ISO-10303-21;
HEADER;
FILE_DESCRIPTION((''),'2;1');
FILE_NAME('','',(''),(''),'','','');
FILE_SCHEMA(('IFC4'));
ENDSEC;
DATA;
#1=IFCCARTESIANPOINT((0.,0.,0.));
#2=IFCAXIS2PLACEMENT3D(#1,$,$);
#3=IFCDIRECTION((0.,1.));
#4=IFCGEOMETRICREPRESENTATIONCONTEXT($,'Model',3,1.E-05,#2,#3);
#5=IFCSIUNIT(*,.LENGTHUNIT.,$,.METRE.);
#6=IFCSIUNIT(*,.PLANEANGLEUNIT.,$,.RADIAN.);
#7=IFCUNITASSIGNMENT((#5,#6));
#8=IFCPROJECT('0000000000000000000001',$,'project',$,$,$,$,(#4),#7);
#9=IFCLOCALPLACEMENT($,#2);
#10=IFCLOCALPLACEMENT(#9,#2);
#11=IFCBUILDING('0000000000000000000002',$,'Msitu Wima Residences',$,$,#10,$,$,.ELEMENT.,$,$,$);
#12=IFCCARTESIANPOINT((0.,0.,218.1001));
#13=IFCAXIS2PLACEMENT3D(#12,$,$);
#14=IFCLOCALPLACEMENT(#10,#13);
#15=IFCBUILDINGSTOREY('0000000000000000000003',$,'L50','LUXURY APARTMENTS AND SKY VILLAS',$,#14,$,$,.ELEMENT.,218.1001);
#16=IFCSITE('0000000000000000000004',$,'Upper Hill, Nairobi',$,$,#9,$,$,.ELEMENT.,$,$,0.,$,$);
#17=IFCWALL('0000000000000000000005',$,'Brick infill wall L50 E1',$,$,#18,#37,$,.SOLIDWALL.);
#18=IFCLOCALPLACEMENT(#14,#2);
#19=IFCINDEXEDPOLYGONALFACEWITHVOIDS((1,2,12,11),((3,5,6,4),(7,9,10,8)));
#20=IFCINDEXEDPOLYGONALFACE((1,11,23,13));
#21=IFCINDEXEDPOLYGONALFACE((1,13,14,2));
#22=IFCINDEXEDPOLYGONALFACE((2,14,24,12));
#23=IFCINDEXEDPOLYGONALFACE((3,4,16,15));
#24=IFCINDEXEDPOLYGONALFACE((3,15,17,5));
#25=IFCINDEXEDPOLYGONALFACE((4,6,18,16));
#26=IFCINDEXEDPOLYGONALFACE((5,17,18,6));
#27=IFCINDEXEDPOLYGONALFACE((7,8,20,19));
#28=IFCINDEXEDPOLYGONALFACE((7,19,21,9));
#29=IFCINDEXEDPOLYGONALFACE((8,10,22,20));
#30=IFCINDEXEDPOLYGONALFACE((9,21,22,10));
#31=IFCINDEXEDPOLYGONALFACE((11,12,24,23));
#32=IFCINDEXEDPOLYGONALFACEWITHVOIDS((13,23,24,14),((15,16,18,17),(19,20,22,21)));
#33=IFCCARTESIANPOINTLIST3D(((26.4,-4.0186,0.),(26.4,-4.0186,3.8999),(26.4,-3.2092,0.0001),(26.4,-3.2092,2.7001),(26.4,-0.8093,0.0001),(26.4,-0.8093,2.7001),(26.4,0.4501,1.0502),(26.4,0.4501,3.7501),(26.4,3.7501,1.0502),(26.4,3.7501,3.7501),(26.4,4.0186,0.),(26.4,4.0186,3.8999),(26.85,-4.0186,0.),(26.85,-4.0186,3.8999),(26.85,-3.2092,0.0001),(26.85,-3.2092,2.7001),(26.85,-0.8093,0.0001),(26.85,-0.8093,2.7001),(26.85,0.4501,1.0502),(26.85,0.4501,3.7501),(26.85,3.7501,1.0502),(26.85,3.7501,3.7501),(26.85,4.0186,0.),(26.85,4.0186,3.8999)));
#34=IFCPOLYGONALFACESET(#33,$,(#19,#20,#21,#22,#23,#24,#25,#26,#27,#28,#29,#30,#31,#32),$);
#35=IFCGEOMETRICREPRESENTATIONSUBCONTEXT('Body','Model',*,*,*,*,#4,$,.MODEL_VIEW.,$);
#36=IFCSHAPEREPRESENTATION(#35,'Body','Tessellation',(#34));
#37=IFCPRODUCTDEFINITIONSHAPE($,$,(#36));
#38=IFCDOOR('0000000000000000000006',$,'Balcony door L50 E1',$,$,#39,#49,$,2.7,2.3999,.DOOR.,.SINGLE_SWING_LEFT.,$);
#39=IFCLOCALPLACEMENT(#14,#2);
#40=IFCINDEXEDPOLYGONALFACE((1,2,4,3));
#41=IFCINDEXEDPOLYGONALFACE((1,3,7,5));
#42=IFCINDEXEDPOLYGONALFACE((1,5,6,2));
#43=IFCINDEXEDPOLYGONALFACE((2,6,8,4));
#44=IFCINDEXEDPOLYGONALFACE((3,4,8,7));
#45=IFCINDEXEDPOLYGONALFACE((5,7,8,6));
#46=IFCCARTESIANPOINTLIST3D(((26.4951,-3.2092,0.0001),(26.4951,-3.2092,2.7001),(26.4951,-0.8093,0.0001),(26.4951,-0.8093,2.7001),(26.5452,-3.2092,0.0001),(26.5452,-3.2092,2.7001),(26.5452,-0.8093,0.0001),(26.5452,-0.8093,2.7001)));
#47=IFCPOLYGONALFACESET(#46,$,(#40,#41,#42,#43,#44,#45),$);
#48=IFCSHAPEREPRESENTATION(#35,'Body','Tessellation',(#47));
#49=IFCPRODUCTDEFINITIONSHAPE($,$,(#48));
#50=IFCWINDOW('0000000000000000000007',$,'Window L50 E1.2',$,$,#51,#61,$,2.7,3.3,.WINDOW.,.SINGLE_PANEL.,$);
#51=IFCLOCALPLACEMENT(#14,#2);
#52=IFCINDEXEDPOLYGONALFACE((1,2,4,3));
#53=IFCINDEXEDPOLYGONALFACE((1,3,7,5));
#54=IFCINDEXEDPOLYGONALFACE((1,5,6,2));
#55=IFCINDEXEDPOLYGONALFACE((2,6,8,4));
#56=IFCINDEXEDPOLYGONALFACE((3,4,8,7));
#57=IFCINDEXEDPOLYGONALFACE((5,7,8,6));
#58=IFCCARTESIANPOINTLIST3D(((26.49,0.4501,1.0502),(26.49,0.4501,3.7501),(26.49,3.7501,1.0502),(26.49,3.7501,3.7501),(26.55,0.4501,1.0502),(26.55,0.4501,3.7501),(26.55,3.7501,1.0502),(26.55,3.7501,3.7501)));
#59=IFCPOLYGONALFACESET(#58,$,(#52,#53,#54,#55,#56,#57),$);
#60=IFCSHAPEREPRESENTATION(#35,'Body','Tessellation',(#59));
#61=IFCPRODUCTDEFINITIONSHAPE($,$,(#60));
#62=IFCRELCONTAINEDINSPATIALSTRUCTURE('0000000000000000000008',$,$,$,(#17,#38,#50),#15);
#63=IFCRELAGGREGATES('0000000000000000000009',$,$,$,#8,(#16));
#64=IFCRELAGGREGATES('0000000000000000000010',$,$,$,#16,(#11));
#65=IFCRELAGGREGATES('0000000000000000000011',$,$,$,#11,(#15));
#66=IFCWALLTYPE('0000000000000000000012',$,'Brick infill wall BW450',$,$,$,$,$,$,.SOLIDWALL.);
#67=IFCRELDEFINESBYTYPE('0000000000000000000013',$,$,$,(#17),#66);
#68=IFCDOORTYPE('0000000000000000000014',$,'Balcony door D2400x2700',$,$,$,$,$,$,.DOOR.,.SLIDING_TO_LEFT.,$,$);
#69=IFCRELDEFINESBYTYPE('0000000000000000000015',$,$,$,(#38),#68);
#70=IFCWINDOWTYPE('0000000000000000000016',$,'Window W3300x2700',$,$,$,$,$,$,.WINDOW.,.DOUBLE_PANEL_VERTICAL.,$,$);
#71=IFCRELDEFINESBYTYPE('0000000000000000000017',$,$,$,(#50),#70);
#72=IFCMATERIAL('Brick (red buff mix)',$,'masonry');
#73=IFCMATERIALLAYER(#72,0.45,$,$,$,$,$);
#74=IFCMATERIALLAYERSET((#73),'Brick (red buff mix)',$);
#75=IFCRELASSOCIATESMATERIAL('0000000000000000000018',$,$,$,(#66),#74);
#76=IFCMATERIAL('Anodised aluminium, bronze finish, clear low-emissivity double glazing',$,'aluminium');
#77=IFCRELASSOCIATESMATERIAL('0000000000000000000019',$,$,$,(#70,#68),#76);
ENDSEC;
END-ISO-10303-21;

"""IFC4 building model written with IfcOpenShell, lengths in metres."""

from ifc_helpers import new_model, si_unit, direction, frame, frame_2d, origin, place, context, subcontext, project, spatial, rectangle, extrude, material, layer, layer_set, type_object, element, fill, save


model = new_model("IFC4")

# Units and contexts
model_context = context("Model", 3, precision=1e-05, world=origin(), true_north=direction((0.0, 1.0)))
body_context = subcontext(model_context, "Body", "Model", "MODEL_VIEW")
ifc_project = project(units=[si_unit("LENGTHUNIT", "METRE"), si_unit("PLANEANGLEUNIT", "RADIAN")], contexts=[model_context])

# Site, building, storey
site_placement = place(None, origin())
site = spatial("IfcSite", under=ifc_project, at=site_placement, Name="Upper Hill, Nairobi", CompositionType="ELEMENT", RefElevation=0.0)
building_placement = place(site_placement, origin())
building = spatial("IfcBuilding", under=site, at=building_placement, Name="Msitu Wima Residences", CompositionType="ELEMENT")
storey_placement = place(building_placement, frame((0.0, 0.0, 218.1001)))
storey = spatial("IfcBuildingStorey", under=building, at=storey_placement, Name="L50", Description="LUXURY APARTMENTS AND SKY VILLAS", CompositionType="ELEMENT", Elevation=218.1001)

# Shared definitions
ifc_material_1 = material(Name="Brick (red buff mix)", Category="masonry")
ifc_layer_1 = layer(ifc_material_1, 0.45)
ifc_layer_set_1 = layer_set([ifc_layer_1], Name="Brick (red buff mix)")
wall_type_1 = type_object("IfcWallType", Name="Brick infill wall BW450", PredefinedType="SOLIDWALL", material=ifc_layer_set_1)
ifc_material_2 = material(Name="Anodised aluminium, bronze finish, clear low-emissivity double glazing", Category="aluminium")
window_type = type_object("IfcWindowType", Name="Window W3300x2700", PartitioningType="DOUBLE_PANEL_VERTICAL", PredefinedType="WINDOW", material=ifc_material_2)

# Wall, openings, door, window
wall_1_placement = place(storey_placement, frame((26.625, -4.0186, 0.0), z_axis=(0.0, 0.0, 1.0), x_axis=(0.0, 1.0, 0.0)))
wall_1 = element("IfcWall", 1, at=wall_1_placement, inside=storey, type_object=wall_type_1, Name="Brick infill wall L50 E1", PredefinedType="SOLIDWALL", context=body_context, shape_type="SweptSolid", body=[
    extrude(rectangle(XDim=8.0371, YDim=0.45, at=frame_2d((4.0186, 0.0))), origin(), (0.0, 0.0, 1.0), 3.8999),
])
opening_1_placement = place(wall_1_placement, frame((0.8093, 0.0, 0.0)))
opening_1 = element("IfcOpeningElement", 2, at=opening_1_placement, cuts=wall_1, PredefinedType="OPENING", context=body_context, shape_type="SweptSolid", body=[
    extrude(rectangle(XDim=2.3999, YDim=2.7, at=frame_2d((1.2, 1.3501))), frame((0.0, 0.2349, 0.0), z_axis=(0.0, -1.0, 0.0), x_axis=(1.0, 0.0, 0.0)), (0.0, 0.0, 1.0), 0.47),
])
opening_2_placement = place(wall_1_placement, frame((4.4688, 0.0, 1.05)))
opening_2 = element("IfcOpeningElement", 3, at=opening_2_placement, cuts=wall_1, PredefinedType="OPENING", context=body_context, shape_type="SweptSolid", body=[
    extrude(rectangle(XDim=3.3, YDim=2.7, at=frame_2d((1.6499, 1.3501))), frame((0.0, 0.2349, 0.0), z_axis=(0.0, -1.0, 0.0), x_axis=(1.0, 0.0, 0.0)), (0.0, 0.0, 1.0), 0.47),
])
door_type = type_object("IfcDoorType", Name="Balcony door D2400x2700", OperationType="SLIDING_TO_LEFT", PredefinedType="DOOR", material=ifc_material_2)
door_placement = place(opening_1_placement, origin())
door = element("IfcDoor", 4, at=door_placement, inside=storey, type_object=door_type, Name="Balcony door L50 E1", OperationType="SINGLE_SWING_LEFT", OverallHeight=2.7, OverallWidth=2.3999, PredefinedType="DOOR", context=body_context, shape_type="SweptSolid", body=[
    extrude(rectangle(XDim=2.3999, YDim=2.7, at=frame_2d((1.2, 1.3501))), frame((0.0, 0.1299, 0.0), z_axis=(0.0, -1.0, 0.0), x_axis=(1.0, 0.0, 0.0)), (0.0, 0.0, 1.0), 0.05),
])
fill(opening_1, door)
window_1_placement = place(opening_2_placement, origin())
window_1 = element("IfcWindow", 5, at=window_1_placement, inside=storey, type_object=window_type, Name="Window L50 E1.2", OverallHeight=2.7, OverallWidth=3.3, PartitioningType="SINGLE_PANEL", PredefinedType="WINDOW", context=body_context, shape_type="SweptSolid", body=[
    extrude(rectangle(XDim=3.3, YDim=2.7, at=frame_2d((1.6499, 1.3501))), frame((0.0, 0.135, 0.0), z_axis=(0.0, -1.0, 0.0), x_axis=(1.0, 0.0, 0.0)), (0.0, 0.0, 1.0), 0.0601),
])
fill(opening_2, window_1)

save(model, "model.ifc")
